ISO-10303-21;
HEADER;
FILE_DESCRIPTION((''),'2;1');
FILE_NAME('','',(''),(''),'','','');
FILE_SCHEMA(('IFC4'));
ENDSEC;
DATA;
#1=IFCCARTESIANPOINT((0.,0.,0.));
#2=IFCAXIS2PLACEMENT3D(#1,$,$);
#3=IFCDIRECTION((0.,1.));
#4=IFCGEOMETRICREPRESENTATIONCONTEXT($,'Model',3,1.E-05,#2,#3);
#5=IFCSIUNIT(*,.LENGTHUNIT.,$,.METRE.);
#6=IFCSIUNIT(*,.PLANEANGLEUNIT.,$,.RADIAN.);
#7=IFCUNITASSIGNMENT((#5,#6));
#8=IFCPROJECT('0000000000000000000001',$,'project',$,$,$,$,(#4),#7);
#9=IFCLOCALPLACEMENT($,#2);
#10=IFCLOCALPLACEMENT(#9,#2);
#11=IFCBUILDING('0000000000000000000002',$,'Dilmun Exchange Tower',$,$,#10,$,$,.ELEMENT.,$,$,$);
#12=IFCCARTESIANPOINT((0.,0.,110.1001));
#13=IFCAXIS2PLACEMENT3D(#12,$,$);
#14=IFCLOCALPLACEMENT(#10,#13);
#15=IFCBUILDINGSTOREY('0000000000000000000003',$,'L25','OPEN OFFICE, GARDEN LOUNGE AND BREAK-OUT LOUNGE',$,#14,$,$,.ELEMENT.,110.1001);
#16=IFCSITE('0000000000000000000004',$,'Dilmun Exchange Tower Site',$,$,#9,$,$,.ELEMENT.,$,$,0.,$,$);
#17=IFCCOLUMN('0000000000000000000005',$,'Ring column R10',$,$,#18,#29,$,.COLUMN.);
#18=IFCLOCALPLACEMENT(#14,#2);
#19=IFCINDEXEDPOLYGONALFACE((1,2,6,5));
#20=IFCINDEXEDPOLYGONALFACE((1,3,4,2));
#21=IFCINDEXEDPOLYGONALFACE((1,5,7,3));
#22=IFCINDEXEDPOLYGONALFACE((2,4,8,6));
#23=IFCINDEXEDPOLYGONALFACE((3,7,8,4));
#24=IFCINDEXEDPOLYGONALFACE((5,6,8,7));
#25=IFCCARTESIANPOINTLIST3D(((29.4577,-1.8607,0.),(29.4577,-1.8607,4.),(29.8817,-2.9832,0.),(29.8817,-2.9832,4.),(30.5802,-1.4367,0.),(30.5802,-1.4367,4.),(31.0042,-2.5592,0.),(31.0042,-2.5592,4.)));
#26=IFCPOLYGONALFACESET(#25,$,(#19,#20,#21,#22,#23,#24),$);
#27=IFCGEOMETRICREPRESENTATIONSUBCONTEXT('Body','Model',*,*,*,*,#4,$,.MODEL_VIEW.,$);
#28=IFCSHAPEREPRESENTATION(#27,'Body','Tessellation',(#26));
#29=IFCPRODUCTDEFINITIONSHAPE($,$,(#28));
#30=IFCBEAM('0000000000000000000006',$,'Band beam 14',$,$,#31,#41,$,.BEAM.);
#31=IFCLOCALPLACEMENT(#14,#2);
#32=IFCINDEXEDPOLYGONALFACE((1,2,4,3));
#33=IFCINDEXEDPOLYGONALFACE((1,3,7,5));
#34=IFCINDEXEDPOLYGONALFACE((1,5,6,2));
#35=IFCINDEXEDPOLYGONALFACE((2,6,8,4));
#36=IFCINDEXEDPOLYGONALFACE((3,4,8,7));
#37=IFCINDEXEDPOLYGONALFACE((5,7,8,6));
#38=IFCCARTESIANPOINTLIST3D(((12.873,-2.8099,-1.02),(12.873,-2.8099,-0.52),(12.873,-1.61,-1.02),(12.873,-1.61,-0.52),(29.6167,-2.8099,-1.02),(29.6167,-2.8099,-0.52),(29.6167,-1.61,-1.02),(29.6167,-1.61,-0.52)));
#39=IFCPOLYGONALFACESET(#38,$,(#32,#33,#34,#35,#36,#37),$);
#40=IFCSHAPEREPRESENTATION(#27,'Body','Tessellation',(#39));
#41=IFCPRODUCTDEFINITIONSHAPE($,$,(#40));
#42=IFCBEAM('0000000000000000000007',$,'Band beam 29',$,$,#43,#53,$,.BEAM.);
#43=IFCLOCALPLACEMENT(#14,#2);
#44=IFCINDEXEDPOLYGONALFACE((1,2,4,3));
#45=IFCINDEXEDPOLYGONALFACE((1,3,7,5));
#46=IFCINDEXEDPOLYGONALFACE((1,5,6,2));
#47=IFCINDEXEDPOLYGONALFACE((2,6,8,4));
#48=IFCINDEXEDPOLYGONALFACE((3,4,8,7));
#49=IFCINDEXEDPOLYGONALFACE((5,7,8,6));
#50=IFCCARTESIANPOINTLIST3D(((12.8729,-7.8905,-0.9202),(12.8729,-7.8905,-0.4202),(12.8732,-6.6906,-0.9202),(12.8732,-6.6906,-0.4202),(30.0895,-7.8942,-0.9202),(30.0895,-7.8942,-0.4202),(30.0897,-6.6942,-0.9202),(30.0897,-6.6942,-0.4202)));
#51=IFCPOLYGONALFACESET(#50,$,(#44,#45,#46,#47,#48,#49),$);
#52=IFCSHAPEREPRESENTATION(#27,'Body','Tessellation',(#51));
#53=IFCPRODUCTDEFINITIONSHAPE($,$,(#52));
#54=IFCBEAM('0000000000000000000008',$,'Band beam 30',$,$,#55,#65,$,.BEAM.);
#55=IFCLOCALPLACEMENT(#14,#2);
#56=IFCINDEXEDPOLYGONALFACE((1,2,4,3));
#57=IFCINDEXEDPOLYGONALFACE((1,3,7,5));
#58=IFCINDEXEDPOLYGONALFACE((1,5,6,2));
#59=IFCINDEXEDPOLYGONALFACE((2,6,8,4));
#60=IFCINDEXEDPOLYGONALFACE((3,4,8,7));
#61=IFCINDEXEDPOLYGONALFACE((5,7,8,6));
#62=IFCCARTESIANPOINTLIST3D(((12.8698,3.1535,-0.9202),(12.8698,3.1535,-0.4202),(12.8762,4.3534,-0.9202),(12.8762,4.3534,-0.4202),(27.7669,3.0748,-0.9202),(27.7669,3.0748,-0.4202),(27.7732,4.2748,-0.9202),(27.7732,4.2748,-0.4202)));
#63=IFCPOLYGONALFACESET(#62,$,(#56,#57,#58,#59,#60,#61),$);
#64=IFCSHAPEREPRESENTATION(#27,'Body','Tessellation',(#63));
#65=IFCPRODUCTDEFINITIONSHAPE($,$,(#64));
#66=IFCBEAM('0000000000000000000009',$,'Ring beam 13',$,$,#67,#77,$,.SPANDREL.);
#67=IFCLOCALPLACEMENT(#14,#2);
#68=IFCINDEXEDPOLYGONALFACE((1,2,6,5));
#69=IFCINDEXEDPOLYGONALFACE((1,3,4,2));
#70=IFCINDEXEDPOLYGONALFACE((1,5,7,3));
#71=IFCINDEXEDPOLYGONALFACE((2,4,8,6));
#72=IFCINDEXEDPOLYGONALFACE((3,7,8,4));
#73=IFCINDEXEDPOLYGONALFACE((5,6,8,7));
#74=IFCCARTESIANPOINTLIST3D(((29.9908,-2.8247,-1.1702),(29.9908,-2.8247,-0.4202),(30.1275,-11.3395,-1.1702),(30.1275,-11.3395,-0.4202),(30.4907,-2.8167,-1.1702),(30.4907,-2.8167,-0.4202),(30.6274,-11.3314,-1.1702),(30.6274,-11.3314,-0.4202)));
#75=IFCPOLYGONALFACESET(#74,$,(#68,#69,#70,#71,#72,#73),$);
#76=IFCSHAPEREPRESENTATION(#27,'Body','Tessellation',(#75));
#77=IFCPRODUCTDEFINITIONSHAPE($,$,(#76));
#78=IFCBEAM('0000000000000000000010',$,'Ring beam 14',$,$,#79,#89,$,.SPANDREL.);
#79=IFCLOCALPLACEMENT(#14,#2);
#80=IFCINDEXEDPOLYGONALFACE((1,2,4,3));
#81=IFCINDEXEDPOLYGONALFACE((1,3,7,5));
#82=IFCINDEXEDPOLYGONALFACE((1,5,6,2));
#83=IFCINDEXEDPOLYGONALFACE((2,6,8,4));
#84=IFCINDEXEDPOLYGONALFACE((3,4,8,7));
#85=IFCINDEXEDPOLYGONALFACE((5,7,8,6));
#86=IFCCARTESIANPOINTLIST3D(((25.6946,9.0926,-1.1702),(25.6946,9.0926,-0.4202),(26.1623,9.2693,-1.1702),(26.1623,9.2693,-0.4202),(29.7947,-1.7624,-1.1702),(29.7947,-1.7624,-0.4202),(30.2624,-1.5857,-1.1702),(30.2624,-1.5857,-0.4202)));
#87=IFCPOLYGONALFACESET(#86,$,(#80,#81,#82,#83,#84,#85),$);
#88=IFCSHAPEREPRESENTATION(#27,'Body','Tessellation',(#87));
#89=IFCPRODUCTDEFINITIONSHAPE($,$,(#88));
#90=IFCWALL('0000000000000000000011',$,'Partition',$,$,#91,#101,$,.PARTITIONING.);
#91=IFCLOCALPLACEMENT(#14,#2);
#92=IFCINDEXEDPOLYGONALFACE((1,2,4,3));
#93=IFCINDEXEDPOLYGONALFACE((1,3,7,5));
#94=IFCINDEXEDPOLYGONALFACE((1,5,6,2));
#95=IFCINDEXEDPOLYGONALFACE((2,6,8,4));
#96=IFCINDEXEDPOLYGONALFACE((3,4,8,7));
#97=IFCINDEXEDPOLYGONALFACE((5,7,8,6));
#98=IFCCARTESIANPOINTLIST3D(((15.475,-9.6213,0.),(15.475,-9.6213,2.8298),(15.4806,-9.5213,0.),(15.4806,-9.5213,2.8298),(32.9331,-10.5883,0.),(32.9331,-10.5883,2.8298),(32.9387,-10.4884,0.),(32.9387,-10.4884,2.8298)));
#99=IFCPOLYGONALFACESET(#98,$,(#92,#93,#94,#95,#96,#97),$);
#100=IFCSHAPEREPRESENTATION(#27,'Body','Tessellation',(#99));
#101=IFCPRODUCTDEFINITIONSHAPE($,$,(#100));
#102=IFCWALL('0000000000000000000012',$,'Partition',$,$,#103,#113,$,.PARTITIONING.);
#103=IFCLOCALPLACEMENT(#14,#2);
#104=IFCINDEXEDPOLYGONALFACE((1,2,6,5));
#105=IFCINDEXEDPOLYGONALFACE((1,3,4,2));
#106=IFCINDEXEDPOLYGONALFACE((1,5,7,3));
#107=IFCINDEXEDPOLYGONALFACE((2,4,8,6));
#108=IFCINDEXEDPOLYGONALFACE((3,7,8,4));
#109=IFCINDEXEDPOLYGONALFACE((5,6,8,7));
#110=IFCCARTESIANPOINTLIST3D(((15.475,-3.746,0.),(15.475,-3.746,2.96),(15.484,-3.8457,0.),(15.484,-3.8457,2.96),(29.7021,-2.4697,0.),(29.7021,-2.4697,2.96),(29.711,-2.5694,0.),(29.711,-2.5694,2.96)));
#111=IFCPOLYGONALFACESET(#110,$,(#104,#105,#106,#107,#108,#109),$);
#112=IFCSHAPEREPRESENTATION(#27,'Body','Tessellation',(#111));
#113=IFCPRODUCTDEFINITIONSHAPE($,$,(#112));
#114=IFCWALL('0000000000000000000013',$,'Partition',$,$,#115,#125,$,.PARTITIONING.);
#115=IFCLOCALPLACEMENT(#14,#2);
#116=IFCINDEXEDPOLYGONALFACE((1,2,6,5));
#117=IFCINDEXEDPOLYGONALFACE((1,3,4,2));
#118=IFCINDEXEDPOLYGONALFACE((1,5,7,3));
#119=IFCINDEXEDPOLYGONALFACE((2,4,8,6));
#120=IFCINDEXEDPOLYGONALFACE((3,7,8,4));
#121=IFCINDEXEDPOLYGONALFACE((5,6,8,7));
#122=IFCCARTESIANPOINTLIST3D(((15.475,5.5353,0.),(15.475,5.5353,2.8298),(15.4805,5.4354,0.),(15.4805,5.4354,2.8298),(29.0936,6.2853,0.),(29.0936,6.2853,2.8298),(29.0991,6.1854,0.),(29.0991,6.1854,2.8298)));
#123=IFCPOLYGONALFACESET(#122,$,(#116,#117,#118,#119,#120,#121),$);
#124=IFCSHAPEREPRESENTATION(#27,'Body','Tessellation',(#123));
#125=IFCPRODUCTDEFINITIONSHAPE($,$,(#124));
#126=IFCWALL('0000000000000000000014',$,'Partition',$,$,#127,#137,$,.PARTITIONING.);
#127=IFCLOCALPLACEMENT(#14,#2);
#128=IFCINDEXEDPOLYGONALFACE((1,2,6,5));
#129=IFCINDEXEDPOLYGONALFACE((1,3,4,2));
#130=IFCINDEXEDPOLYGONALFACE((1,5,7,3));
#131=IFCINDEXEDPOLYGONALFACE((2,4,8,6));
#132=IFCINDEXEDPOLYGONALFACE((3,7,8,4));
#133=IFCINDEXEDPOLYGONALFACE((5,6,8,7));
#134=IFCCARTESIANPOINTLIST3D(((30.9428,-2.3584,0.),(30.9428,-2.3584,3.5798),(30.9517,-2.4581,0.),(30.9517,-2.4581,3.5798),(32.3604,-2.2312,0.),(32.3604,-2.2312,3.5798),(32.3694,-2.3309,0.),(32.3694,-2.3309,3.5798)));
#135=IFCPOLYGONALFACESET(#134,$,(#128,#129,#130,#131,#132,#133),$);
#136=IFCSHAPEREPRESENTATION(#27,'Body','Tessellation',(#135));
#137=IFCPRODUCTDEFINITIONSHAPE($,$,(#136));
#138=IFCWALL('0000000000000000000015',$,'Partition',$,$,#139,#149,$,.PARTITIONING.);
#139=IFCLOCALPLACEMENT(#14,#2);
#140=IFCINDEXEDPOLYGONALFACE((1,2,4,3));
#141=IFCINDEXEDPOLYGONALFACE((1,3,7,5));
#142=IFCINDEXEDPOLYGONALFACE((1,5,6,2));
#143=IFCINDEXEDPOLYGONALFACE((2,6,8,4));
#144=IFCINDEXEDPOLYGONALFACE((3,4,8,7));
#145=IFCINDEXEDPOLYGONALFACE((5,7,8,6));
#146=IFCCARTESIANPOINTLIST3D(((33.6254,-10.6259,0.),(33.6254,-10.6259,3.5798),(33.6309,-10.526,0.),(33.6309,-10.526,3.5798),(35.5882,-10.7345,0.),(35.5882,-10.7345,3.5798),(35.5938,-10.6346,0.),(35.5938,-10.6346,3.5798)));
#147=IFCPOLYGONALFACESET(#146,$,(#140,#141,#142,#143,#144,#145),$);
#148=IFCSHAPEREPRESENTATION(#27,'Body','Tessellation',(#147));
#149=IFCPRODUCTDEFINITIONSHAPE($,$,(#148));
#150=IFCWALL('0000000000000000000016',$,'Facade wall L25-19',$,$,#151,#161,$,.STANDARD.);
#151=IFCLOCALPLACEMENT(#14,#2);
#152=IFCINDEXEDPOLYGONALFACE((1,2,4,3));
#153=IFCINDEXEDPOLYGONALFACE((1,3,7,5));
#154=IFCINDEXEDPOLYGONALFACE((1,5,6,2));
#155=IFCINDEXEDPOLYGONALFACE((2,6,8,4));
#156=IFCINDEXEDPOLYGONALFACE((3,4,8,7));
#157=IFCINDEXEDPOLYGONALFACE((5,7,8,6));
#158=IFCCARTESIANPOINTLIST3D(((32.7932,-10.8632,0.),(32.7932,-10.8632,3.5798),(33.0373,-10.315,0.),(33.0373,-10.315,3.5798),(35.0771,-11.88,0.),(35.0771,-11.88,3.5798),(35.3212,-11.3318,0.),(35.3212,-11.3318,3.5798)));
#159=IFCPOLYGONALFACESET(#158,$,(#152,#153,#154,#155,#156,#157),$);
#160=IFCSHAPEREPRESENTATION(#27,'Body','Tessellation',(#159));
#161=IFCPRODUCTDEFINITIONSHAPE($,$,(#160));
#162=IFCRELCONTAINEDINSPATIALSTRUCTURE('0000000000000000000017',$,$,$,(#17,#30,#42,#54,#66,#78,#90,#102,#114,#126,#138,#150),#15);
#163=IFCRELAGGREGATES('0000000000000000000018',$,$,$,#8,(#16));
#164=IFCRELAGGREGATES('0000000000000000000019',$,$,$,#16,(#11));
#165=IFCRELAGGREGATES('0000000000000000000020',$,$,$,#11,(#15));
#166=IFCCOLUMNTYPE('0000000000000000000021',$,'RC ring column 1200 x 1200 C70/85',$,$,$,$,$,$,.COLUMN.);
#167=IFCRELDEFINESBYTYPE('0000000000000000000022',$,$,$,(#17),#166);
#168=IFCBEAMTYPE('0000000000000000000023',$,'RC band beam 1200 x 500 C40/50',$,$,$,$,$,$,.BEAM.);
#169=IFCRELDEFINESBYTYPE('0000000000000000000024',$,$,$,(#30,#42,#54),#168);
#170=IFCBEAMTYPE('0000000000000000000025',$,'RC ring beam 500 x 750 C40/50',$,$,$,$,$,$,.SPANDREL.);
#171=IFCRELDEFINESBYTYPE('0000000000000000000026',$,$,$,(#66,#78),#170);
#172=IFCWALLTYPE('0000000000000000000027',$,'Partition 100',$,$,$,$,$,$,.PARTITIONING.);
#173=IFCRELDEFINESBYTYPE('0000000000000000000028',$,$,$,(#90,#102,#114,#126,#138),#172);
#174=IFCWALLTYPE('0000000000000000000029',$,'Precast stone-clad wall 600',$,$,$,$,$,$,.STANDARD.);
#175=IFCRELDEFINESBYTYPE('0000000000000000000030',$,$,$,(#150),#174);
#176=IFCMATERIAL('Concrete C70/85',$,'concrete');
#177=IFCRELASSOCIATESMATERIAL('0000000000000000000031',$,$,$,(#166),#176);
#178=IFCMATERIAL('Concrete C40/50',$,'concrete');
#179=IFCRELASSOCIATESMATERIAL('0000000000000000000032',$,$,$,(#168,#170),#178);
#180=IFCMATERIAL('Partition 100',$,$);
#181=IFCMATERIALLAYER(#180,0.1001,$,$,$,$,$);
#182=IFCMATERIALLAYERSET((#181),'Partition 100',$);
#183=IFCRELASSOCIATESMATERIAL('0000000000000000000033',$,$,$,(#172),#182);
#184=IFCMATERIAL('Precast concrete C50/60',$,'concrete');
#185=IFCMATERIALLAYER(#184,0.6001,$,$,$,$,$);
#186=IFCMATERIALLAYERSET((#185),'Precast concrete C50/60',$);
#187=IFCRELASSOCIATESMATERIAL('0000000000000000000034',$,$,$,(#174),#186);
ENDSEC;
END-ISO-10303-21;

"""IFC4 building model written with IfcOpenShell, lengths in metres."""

from ifc_helpers import new_model, si_unit, direction, frame, frame_2d, origin, origin_2d, place, context, subcontext, project, spatial, rectangle, extrude, material, layer, layer_set, material_profile, profile_set, type_object, element, save


model = new_model("IFC4")

# Units and contexts
model_context = context("Model", 3, precision=1e-05, world=origin(), true_north=direction((0.0, 1.0)))
body_context = subcontext(model_context, "Body", "Model", "MODEL_VIEW")
ifc_project = project(units=[si_unit("LENGTHUNIT", "METRE"), si_unit("PLANEANGLEUNIT", "RADIAN")], contexts=[model_context])

# Site, building, storey
site_placement = place(None, origin())
site = spatial("IfcSite", under=ifc_project, at=site_placement, Name="Dilmun Exchange Tower Site", CompositionType="ELEMENT", RefElevation=0.0)
building_placement = place(site_placement, origin())
building = spatial("IfcBuilding", under=site, at=building_placement, Name="Dilmun Exchange Tower", CompositionType="ELEMENT")
storey_placement = place(building_placement, frame((0.0, 0.0, 110.1001)))
storey = spatial("IfcBuildingStorey", under=building, at=storey_placement, Name="L25", Description="OPEN OFFICE, GARDEN LOUNGE AND BREAK-OUT LOUNGE", CompositionType="ELEMENT", Elevation=110.1001)

# Column
ifc_material_1 = material(Name="Concrete C70/85", Category="concrete")
ifc_material_profile_1 = material_profile(ifc_material_1, rectangle(XDim=1.2, YDim=1.2, at=origin_2d()), Name="1200 x 1200")
ifc_profile_set_1 = profile_set([ifc_material_profile_1], Name="Concrete C70/85")
column_type = type_object("IfcColumnType", Name="RC ring column 1200 x 1200 C70/85", PredefinedType="COLUMN", material=ifc_profile_set_1)
column_placement = place(storey_placement, frame((30.231, -2.21, 0.0), z_axis=(0.0, 0.0, 1.0), x_axis=(0.935492, 0.353349, 0.0)))
element("IfcColumn", 1, at=column_placement, inside=storey, type_object=column_type, Name="Ring column R10", PredefinedType="COLUMN", context=body_context, shape_type="SweptSolid", body=[
    extrude(rectangle(XDim=1.2, YDim=1.2, at=origin_2d()), origin(), (0.0, 0.0, 1.0), 4.0),
])

# Beams
ifc_material_2 = material(Name="Concrete C40/50", Category="concrete")
ifc_material_profile_2 = material_profile(ifc_material_2, rectangle(XDim=1.2, YDim=0.5, at=origin_2d()), Name="1200 x 500")
ifc_profile_set_2 = profile_set([ifc_material_profile_2], Name="Concrete C40/50")
beam_type_1 = type_object("IfcBeamType", Name="RC band beam 1200 x 500 C40/50", PredefinedType="BEAM", material=ifc_profile_set_2)
beam_1_placement = place(storey_placement, frame((29.6167, -2.21, -0.77), z_axis=(-1.0, 0.0, 0.0), x_axis=(0.0, -1.0, 0.0)))
element("IfcBeam", 2, at=beam_1_placement, inside=storey, type_object=beam_type_1, Name="Band beam 14", PredefinedType="BEAM", context=body_context, shape_type="SweptSolid", body=[
    extrude(rectangle(XDim=1.2, YDim=0.5, at=origin_2d()), origin(), (0.0, 0.0, 1.0), 16.7437),
])
beam_2_placement = place(storey_placement, frame((30.0896, -7.2942, -0.6702), z_axis=(-1.0, 0.000213, 0.0), x_axis=(-0.000213, -1.0, 0.0)))
element("IfcBeam", 3, at=beam_2_placement, inside=storey, type_object=beam_type_1, Name="Band beam 29", PredefinedType="BEAM", context=body_context, shape_type="SweptSolid", body=[
    extrude(rectangle(XDim=1.2, YDim=0.5, at=origin_2d()), origin(), (0.0, 0.0, 1.0), 17.2166),
])
beam_3_placement = place(storey_placement, frame((27.77, 3.6748, -0.6702), z_axis=(-0.999986, 0.005277, 0.0), x_axis=(-0.005277, -0.999986, 0.0)))
element("IfcBeam", 4, at=beam_3_placement, inside=storey, type_object=beam_type_1, Name="Band beam 30", PredefinedType="BEAM", context=body_context, shape_type="SweptSolid", body=[
    extrude(rectangle(XDim=1.2, YDim=0.5, at=origin_2d()), origin(), (0.0, 0.0, 1.0), 14.8972),
])
ifc_material_profile_3 = material_profile(ifc_material_2, rectangle(XDim=0.5, YDim=0.75, at=origin_2d()), Name="500 x 750")
ifc_profile_set_3 = profile_set([ifc_material_profile_3], Name="Concrete C40/50")
beam_type_2 = type_object("IfcBeamType", Name="RC ring beam 500 x 750 C40/50", PredefinedType="SPANDREL", material=ifc_profile_set_3)
beam_4_placement = place(storey_placement, frame((30.3774, -11.3354, -0.7952), z_axis=(-0.016054, 0.999871, 0.0), x_axis=(-0.999871, -0.016054, 0.0)))
element("IfcBeam", 5, at=beam_4_placement, inside=storey, type_object=beam_type_2, Name="Ring beam 13", PredefinedType="SPANDREL", context=body_context, shape_type="SweptSolid", body=[
    extrude(rectangle(XDim=0.5, YDim=0.75, at=origin_2d()), origin(), (0.0, 0.0, 1.0), 8.5159),
])
beam_5_placement = place(storey_placement, frame((30.0286, -1.6741, -0.7952), z_axis=(-0.35335, 0.935491, 0.0), x_axis=(-0.935491, -0.35335, 0.0)))
element("IfcBeam", 6, at=beam_5_placement, inside=storey, type_object=beam_type_2, Name="Ring beam 14", PredefinedType="SPANDREL", context=body_context, shape_type="SweptSolid", body=[
    extrude(rectangle(XDim=0.5, YDim=0.75, at=origin_2d()), origin(), (0.0, 0.0, 1.0), 11.6035),
])

# Walls
ifc_material_3 = material(Name="Partition 100")
ifc_layer_1 = layer(ifc_material_3, 0.1001)
ifc_layer_set_1 = layer_set([ifc_layer_1], Name="Partition 100")
wall_type_1 = type_object("IfcWallType", Name="Partition 100", PredefinedType="PARTITIONING", material=ifc_layer_set_1)
wall_1_placement = place(storey_placement, frame((15.4778, -9.5713, 0.0), z_axis=(0.0, 0.0, 1.0), x_axis=(0.998469, -0.055308, 0.0)))
element("IfcWall", 7, at=wall_1_placement, inside=storey, type_object=wall_type_1, Name="Partition", PredefinedType="PARTITIONING", context=body_context, shape_type="SweptSolid", body=[
    extrude(rectangle(XDim=17.4849, YDim=0.1001, at=frame_2d((8.7424, 0.0))), origin(), (0.0, 0.0, 1.0), 2.8298),
])
wall_2_placement = place(storey_placement, frame((15.4795, -3.7959, 0.0), z_axis=(0.0, 0.0, 1.0), x_axis=(0.996, 0.089355, 0.0)))
element("IfcWall", 8, at=wall_2_placement, inside=storey, type_object=wall_type_1, Name="Partition", PredefinedType="PARTITIONING", context=body_context, shape_type="SweptSolid", body=[
    extrude(rectangle(XDim=14.2842, YDim=0.1001, at=frame_2d((7.1421, 0.0))), origin(), (0.0, 0.0, 1.0), 2.96),
])
wall_3_placement = place(storey_placement, frame((15.4778, 5.4854, 0.0), z_axis=(0.0, 0.0, 1.0), x_axis=(0.998487, 0.054989, 0.0)))
element("IfcWall", 9, at=wall_3_placement, inside=storey, type_object=wall_type_1, Name="Partition", PredefinedType="PARTITIONING", context=body_context, shape_type="SweptSolid", body=[
    extrude(rectangle(XDim=13.6392, YDim=0.1001, at=frame_2d((6.8196, 0.0))), origin(), (0.0, 0.0, 1.0), 2.8298),
])
wall_4_placement = place(storey_placement, frame((30.9473, -2.4082, 0.0), z_axis=(0.0, 0.0, 1.0), x_axis=(0.995999, 0.08936, 0.0)))
element("IfcWall", 10, at=wall_4_placement, inside=storey, type_object=wall_type_1, Name="Partition", PredefinedType="PARTITIONING", context=body_context, shape_type="SweptSolid", body=[
    extrude(rectangle(XDim=1.4233, YDim=0.1001, at=frame_2d((0.7117, 0.0))), origin(), (0.0, 0.0, 1.0), 3.5798),
])
wall_5_placement = place(storey_placement, frame((33.6282, -10.5759, 0.0), z_axis=(0.0, 0.0, 1.0), x_axis=(0.998472, -0.055264, 0.0)))
element("IfcWall", 11, at=wall_5_placement, inside=storey, type_object=wall_type_1, Name="Partition", PredefinedType="PARTITIONING", context=body_context, shape_type="SweptSolid", body=[
    extrude(rectangle(XDim=1.9658, YDim=0.1001, at=frame_2d((0.9829, 0.0))), origin(), (0.0, 0.0, 1.0), 3.5798),
])
ifc_material_4 = material(Name="Precast concrete C50/60", Category="concrete")
ifc_layer_2 = layer(ifc_material_4, 0.6001)
ifc_layer_set_2 = layer_set([ifc_layer_2], Name="Precast concrete C50/60")
wall_type_2 = type_object("IfcWallType", Name="Precast stone-clad wall 600", PredefinedType="STANDARD", material=ifc_layer_set_2)
wall_6_placement = place(storey_placement, frame((32.9153, -10.5891, 0.0), z_axis=(0.0, 0.0, 1.0), x_axis=(0.91355, -0.406727, 0.0)))
element("IfcWall", 12, at=wall_6_placement, inside=storey, type_object=wall_type_2, Name="Facade wall L25-19", PredefinedType="STANDARD", context=body_context, shape_type="SweptSolid", body=[
    extrude(rectangle(XDim=2.5, YDim=0.6001, at=frame_2d((1.25, 0.0))), origin(), (0.0, 0.0, 1.0), 3.5798),
])

save(model, "model.ifc")
